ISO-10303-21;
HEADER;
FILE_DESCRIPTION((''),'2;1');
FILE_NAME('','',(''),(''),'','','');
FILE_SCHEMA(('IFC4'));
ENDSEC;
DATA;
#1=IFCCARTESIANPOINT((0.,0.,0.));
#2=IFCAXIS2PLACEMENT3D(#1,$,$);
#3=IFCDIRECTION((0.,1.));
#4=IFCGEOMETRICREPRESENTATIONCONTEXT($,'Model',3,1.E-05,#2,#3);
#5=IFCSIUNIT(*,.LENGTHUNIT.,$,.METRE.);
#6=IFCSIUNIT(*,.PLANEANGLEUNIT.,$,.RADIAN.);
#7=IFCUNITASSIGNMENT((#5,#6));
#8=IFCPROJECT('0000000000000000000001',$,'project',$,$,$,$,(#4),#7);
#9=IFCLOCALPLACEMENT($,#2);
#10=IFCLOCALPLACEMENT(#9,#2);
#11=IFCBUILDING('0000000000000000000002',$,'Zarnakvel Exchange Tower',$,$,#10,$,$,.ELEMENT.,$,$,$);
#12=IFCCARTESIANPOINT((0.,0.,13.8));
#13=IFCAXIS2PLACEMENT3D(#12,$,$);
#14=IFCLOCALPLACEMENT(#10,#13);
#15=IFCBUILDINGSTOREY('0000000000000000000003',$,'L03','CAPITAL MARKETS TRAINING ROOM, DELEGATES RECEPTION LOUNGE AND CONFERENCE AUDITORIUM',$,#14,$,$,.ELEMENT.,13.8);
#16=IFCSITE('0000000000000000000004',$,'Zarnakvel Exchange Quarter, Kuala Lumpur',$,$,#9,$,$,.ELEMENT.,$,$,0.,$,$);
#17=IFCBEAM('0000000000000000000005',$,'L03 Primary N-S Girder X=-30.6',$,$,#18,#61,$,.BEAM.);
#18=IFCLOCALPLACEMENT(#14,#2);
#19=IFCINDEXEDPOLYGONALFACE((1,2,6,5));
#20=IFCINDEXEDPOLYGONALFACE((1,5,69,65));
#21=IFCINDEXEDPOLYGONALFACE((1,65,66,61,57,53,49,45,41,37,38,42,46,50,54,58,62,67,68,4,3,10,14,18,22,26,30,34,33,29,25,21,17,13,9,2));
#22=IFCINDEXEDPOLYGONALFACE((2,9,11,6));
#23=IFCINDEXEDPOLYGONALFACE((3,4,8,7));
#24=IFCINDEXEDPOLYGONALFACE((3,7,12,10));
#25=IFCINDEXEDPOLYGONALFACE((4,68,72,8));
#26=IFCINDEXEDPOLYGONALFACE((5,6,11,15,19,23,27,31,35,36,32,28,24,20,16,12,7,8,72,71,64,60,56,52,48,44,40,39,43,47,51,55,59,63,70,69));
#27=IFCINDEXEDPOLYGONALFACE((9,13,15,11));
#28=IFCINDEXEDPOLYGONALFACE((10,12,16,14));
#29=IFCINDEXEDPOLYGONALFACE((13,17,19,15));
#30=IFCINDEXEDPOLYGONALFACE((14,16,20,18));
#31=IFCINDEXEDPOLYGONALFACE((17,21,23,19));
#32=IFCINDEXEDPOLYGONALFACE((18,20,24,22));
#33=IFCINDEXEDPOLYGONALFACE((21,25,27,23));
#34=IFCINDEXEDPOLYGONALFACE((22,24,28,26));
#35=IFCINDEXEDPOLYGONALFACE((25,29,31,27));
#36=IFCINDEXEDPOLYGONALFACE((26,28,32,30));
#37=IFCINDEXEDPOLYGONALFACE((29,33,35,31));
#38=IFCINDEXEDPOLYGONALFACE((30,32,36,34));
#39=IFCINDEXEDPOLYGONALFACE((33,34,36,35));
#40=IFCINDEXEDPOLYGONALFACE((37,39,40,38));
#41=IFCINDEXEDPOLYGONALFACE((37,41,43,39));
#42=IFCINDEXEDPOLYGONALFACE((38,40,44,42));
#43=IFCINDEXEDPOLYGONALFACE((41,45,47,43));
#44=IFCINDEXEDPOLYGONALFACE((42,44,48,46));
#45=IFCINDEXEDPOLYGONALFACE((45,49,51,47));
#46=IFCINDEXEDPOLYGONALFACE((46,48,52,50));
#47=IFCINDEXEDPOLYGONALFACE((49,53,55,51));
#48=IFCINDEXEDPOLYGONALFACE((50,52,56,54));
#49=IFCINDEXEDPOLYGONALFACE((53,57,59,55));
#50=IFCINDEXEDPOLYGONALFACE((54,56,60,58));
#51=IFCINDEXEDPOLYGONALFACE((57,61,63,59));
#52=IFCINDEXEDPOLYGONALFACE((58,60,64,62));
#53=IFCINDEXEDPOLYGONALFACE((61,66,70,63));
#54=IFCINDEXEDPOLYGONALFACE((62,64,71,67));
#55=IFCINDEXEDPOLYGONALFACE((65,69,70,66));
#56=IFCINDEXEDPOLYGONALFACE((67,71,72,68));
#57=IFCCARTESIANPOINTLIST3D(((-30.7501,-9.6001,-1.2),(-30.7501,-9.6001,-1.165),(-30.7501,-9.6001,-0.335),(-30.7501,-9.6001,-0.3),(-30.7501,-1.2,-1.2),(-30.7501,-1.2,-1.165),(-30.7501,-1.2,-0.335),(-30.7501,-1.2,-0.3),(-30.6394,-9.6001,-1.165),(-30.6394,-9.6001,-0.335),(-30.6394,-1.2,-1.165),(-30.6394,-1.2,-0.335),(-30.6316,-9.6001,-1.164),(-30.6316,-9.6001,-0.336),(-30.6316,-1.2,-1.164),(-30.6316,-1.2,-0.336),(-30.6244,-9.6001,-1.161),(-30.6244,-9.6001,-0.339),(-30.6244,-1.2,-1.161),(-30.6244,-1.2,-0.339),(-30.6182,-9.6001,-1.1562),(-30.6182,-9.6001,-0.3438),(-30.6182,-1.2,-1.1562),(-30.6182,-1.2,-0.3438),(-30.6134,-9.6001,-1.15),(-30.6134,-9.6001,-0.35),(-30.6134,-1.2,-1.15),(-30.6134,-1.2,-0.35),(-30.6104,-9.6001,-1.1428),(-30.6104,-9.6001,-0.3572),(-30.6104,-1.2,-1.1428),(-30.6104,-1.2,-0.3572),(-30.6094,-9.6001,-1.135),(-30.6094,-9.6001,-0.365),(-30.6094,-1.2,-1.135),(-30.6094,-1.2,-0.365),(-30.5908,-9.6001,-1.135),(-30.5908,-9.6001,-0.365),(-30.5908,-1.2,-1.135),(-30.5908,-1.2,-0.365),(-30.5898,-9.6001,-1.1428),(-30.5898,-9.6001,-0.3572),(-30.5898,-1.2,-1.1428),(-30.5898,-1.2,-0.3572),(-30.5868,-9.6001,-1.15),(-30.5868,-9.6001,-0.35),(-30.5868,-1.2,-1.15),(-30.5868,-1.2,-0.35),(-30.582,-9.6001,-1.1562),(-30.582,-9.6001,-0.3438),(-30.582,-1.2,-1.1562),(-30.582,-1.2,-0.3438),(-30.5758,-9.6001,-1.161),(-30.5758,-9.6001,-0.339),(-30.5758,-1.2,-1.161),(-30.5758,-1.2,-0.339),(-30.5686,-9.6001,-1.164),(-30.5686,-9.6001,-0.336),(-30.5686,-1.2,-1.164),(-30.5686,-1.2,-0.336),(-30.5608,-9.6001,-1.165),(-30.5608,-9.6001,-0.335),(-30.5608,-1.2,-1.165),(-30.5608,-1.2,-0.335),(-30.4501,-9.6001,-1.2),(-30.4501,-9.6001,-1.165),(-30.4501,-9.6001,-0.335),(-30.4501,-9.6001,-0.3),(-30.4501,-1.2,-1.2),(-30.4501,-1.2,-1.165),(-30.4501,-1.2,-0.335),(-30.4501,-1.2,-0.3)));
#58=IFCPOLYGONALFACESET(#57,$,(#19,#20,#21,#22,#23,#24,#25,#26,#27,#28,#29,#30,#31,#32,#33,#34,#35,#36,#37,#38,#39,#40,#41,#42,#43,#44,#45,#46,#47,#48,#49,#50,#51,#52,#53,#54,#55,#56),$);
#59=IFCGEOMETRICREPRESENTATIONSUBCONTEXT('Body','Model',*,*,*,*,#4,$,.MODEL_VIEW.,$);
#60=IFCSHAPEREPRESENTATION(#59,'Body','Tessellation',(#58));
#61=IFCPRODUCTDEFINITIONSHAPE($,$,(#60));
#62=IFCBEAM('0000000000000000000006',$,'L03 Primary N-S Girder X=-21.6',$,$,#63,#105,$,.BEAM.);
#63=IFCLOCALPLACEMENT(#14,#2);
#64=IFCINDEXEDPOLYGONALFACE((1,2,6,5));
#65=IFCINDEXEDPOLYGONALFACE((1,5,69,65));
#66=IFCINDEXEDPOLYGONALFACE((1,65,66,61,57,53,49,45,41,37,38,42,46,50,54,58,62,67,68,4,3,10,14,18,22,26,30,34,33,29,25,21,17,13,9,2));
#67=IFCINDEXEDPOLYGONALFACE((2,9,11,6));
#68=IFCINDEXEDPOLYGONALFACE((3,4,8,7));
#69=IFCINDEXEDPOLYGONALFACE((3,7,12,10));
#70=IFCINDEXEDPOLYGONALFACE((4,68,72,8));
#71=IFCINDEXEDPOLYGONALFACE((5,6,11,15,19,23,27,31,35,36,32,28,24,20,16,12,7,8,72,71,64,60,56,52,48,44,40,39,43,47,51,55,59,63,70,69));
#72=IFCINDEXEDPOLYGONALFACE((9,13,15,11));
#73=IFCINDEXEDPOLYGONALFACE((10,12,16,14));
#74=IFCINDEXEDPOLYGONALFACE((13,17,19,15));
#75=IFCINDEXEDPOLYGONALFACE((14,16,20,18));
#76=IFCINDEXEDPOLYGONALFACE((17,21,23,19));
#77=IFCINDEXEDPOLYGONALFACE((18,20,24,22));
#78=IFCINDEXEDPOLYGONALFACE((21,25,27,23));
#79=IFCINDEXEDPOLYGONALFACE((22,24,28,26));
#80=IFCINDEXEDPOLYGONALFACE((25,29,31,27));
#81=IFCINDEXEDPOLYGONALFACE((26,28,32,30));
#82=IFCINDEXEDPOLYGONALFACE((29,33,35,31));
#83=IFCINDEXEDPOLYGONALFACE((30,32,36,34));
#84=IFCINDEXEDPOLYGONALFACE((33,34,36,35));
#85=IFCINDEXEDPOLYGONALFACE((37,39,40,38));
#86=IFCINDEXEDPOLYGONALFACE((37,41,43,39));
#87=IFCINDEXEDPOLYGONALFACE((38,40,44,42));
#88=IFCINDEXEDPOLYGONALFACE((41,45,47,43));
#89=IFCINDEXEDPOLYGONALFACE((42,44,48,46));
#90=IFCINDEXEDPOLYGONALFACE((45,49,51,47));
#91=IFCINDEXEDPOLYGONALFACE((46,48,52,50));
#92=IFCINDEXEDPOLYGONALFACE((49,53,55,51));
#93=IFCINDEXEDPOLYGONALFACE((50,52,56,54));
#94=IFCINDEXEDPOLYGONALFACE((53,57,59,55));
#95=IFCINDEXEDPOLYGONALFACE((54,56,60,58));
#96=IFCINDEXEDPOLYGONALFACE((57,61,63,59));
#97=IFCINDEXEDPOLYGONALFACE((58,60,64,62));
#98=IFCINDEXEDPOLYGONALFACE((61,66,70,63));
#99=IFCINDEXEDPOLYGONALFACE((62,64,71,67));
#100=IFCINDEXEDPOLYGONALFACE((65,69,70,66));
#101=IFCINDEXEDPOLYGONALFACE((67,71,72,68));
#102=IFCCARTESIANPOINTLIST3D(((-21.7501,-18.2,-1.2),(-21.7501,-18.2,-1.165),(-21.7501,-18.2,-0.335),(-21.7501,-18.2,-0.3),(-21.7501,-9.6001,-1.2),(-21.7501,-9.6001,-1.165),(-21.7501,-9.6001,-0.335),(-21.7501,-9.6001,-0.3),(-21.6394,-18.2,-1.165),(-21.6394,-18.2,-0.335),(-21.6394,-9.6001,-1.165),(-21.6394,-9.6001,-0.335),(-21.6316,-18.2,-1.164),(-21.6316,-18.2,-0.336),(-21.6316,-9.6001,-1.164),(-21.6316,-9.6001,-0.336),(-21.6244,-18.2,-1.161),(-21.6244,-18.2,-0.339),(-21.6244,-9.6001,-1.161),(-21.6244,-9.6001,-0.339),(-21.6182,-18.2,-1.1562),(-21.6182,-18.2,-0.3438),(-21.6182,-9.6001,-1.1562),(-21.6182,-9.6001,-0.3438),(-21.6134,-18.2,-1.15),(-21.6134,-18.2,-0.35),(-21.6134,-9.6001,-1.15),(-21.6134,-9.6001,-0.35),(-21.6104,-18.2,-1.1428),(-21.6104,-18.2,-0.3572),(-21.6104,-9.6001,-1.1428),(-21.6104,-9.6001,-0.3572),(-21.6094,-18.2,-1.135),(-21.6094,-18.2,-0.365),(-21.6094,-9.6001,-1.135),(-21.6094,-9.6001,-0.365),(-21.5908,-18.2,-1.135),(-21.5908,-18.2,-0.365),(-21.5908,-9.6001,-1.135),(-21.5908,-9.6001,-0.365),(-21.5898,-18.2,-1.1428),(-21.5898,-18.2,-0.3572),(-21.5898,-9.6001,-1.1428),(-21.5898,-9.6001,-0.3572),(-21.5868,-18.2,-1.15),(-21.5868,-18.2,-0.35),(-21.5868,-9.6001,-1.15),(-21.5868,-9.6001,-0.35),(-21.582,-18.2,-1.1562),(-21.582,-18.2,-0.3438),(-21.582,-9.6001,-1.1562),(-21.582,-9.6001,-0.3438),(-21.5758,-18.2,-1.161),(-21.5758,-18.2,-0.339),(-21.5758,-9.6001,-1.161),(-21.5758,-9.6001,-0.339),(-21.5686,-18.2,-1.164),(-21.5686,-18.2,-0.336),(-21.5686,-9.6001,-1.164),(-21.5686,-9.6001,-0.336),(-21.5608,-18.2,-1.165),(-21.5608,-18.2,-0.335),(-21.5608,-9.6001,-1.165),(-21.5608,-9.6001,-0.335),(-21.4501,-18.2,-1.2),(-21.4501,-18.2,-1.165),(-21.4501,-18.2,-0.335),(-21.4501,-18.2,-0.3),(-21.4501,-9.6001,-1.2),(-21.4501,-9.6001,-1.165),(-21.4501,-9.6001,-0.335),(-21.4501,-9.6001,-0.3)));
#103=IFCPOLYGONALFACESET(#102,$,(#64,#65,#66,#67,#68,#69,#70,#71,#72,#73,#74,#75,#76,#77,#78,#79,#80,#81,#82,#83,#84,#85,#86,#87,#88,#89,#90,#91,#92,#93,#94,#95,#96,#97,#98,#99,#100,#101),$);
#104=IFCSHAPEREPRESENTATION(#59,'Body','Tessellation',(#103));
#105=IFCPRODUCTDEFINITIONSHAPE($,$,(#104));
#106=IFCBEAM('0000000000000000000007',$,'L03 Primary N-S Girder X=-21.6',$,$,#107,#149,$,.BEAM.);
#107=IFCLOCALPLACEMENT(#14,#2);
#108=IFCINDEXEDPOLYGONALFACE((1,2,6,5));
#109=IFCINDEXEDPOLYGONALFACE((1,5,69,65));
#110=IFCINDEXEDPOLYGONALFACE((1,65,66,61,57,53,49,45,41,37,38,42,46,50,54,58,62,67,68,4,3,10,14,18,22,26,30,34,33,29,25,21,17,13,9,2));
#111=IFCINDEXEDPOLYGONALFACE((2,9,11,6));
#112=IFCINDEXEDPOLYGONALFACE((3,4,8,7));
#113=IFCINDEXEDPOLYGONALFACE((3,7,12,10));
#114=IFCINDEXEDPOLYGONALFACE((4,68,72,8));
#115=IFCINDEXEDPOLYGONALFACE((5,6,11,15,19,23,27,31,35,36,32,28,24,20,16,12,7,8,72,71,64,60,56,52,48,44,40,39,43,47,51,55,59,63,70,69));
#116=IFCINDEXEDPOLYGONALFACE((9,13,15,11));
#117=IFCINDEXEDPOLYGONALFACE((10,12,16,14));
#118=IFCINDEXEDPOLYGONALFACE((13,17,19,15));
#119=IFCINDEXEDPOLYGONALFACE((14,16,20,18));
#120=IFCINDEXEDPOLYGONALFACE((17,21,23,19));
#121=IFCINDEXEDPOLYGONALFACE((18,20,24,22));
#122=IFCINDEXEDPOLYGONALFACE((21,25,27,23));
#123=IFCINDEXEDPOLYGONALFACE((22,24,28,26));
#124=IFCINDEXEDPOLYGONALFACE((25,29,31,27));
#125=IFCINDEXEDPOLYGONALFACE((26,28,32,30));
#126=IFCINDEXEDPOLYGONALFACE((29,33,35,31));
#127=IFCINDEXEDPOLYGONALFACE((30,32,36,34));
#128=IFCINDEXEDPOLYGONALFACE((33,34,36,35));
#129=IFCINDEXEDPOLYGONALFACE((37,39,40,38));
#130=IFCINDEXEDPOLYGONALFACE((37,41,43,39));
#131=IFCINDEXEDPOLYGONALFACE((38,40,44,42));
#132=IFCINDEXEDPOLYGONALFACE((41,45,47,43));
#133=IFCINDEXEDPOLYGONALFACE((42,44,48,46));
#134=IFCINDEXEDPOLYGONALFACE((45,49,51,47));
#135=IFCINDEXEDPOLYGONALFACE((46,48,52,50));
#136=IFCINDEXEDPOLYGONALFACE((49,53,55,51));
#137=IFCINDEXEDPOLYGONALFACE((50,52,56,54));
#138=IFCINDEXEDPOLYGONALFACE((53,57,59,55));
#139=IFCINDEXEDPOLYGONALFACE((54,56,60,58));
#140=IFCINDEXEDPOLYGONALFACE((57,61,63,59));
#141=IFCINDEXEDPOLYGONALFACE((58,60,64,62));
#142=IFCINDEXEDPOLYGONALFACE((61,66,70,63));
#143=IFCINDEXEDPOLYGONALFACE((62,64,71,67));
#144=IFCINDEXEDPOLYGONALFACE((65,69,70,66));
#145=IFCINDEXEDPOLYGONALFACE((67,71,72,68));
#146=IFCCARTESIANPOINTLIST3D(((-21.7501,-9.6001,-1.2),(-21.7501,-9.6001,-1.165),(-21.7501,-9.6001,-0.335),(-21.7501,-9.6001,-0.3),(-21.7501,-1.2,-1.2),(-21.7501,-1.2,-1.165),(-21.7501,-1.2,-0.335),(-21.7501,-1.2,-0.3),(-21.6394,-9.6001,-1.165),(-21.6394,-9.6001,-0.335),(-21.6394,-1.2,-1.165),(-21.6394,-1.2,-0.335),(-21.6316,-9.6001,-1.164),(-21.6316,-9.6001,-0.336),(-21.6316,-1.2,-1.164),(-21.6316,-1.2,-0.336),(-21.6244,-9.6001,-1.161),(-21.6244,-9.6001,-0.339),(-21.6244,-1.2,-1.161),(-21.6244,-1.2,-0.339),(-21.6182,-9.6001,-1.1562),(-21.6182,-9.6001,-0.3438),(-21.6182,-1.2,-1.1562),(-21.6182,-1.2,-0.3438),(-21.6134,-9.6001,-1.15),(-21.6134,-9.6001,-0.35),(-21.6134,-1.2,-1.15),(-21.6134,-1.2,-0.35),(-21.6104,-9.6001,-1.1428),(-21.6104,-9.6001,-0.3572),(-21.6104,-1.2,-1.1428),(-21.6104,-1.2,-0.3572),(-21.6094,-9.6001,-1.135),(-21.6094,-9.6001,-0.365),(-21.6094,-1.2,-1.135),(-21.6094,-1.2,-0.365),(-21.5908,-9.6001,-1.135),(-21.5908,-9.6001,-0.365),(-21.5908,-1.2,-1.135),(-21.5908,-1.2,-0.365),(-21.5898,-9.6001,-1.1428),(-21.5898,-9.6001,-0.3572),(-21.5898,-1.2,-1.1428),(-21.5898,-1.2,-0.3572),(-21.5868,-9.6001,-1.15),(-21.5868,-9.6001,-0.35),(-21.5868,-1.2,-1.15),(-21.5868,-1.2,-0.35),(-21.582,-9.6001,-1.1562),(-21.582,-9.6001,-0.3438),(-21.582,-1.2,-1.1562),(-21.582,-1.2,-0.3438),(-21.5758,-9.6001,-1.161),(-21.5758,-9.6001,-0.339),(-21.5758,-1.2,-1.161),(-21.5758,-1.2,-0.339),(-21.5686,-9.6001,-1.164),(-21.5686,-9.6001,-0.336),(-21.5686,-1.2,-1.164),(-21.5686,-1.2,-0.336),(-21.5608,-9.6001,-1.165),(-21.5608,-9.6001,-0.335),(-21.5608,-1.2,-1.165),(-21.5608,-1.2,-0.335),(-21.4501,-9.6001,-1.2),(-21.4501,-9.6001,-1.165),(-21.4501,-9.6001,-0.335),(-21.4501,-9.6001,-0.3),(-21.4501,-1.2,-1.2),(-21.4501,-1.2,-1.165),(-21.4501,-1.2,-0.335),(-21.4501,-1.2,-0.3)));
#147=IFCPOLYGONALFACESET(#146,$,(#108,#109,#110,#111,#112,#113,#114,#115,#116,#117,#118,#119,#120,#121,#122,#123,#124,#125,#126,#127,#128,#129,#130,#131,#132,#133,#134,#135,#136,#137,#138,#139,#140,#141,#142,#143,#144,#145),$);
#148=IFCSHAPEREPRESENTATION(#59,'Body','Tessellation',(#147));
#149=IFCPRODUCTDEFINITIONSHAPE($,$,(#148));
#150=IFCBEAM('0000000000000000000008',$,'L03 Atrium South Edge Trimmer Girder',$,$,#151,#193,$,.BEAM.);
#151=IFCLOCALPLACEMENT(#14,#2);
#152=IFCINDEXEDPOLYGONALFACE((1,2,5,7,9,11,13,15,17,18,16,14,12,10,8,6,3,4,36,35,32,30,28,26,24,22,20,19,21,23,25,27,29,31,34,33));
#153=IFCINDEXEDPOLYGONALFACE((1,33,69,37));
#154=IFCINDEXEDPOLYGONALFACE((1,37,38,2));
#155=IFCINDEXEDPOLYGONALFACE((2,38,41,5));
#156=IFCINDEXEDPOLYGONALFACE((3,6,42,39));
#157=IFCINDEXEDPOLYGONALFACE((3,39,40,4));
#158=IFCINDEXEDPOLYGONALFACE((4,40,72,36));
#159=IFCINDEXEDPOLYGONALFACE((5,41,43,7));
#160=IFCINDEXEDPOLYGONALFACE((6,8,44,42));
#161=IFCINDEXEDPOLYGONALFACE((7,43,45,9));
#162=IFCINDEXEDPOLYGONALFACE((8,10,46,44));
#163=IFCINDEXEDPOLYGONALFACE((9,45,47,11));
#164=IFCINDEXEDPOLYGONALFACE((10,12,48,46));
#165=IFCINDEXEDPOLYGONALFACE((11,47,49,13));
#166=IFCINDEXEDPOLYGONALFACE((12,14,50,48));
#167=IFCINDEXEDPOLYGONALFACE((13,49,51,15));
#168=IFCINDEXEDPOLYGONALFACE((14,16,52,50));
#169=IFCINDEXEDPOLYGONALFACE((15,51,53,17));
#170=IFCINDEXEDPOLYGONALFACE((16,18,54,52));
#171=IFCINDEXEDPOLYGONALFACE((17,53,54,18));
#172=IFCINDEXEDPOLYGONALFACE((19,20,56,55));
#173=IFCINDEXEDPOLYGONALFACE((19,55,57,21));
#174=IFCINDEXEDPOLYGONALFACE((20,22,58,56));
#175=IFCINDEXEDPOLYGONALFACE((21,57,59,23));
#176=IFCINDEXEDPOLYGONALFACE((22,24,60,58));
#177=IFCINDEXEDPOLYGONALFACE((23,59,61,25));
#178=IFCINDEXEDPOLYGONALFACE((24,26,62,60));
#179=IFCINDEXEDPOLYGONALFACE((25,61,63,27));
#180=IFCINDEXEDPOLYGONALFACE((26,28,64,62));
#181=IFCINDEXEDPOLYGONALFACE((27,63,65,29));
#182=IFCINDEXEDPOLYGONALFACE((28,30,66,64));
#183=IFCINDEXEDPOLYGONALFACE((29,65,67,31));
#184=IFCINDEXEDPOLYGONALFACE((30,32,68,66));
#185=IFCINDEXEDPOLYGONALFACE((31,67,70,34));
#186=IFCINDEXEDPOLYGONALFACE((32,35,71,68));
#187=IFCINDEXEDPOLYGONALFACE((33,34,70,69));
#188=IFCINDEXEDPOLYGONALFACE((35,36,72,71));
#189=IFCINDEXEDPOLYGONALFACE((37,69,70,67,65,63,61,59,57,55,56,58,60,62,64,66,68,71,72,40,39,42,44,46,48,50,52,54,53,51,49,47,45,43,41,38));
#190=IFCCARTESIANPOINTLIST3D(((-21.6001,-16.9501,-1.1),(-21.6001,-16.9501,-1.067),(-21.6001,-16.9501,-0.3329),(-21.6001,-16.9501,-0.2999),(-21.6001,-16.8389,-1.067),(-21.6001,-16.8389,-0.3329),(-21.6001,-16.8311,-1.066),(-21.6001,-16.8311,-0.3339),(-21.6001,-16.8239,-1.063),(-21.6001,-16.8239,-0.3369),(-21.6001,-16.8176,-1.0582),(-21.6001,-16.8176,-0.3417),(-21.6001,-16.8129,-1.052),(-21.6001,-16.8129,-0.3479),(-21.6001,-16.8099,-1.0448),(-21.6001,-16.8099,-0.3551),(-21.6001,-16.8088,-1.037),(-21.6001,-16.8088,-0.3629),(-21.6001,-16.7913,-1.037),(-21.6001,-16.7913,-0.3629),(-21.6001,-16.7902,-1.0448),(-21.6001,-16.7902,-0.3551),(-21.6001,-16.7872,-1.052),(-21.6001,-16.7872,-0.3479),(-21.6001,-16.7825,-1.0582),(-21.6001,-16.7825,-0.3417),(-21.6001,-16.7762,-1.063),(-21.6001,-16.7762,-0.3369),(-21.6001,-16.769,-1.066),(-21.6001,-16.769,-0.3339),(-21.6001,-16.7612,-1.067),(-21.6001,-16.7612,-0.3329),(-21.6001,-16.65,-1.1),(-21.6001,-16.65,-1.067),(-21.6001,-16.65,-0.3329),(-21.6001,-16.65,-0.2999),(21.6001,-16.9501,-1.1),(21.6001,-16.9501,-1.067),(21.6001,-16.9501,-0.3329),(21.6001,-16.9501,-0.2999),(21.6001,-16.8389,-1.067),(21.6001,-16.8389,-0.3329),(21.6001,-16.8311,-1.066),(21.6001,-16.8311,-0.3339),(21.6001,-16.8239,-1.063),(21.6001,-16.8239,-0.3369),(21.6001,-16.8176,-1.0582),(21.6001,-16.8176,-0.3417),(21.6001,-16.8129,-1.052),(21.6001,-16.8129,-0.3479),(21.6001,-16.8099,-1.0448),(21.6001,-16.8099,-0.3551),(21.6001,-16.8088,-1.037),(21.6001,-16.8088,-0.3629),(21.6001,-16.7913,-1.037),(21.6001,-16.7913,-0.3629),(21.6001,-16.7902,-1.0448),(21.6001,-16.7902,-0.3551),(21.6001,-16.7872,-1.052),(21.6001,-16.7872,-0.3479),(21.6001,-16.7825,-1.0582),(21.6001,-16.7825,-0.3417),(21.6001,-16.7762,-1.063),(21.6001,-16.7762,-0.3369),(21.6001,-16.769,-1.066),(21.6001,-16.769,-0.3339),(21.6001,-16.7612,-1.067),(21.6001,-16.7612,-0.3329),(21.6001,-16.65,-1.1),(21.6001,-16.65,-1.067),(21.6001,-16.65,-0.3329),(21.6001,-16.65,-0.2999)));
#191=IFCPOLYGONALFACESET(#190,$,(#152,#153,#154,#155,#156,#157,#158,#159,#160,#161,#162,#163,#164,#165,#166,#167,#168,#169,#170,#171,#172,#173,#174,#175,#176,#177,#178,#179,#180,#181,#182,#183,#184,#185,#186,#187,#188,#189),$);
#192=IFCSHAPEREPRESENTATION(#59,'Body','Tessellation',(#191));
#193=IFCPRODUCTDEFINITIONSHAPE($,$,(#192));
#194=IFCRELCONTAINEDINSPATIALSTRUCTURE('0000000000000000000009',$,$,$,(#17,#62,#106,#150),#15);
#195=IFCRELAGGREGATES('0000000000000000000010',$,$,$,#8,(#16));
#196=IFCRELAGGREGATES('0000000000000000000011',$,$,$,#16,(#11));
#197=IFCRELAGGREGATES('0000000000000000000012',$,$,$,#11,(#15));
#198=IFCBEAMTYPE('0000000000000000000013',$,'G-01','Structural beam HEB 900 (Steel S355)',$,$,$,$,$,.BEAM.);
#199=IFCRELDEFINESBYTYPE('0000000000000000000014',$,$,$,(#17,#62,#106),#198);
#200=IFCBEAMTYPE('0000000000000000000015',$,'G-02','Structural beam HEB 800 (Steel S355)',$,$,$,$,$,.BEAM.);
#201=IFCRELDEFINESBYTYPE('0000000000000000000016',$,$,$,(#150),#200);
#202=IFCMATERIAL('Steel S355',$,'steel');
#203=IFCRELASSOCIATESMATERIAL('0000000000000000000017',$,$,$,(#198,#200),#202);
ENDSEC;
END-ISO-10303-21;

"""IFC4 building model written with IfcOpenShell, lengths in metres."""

from ifc_helpers import new_model, si_unit, direction, frame, origin, origin_2d, place, context, subcontext, project, spatial, i_section, extrude, material, material_profile, profile_set, type_object, element, save


model = new_model("IFC4")

# Units and contexts
model_context = context("Model", 3, precision=1e-05, world=origin(), true_north=direction((0.0, 1.0)))
body_context = subcontext(model_context, "Body", "Model", "MODEL_VIEW")
ifc_project = project(units=[si_unit("LENGTHUNIT", "METRE"), si_unit("PLANEANGLEUNIT", "RADIAN")], contexts=[model_context])

# Site, building, storey
site_placement = place(None, origin())
site = spatial("IfcSite", under=ifc_project, at=site_placement, Name="Zarnakvel Exchange Quarter, Kuala Lumpur", CompositionType="ELEMENT", RefElevation=0.0)
building_placement = place(site_placement, origin())
building = spatial("IfcBuilding", under=site, at=building_placement, Name="Zarnakvel Exchange Tower", CompositionType="ELEMENT")
storey_placement = place(building_placement, frame((0.0, 0.0, 13.8)))
storey = spatial("IfcBuildingStorey", under=building, at=storey_placement, Name="L03", Description="CAPITAL MARKETS TRAINING ROOM, DELEGATES RECEPTION LOUNGE AND CONFERENCE AUDITORIUM", CompositionType="ELEMENT", Elevation=13.8)

# Beams
ifc_material_1 = material(Name="Steel S355", Category="steel")
ifc_material_profile_1 = material_profile(ifc_material_1, i_section(OverallWidth=0.3, OverallDepth=0.8999, WebThickness=0.0186, FlangeThickness=0.0349, FilletRadius=0.03, at=origin_2d()))
ifc_profile_set_1 = profile_set([ifc_material_profile_1], Name="Steel S355")
beam_type_1 = type_object("IfcBeamType", Name="G-01", Description="Structural beam HEB 900 (Steel S355)", PredefinedType="BEAM", material=ifc_profile_set_1)
beam_1_placement = place(storey_placement, frame((-30.6001, -9.6001, -0.75), z_axis=(0.0, 1.0, 0.0), x_axis=(-1.0, 0.0, 0.0)))
element("IfcBeam", 1, at=beam_1_placement, inside=storey, type_object=beam_type_1, Name="L03 Primary N-S Girder X=-30.6", PredefinedType="BEAM", context=body_context, shape_type="SweptSolid", body=[
    extrude(i_section(OverallWidth=0.3, OverallDepth=0.8999, WebThickness=0.0186, FlangeThickness=0.0349, FilletRadius=0.03, at=origin_2d()), origin(), (0.0, 0.0, 1.0), 8.4001),
])
beam_2_placement = place(storey_placement, frame((-21.6001, -18.2, -0.75), z_axis=(0.0, 1.0, 0.0), x_axis=(-1.0, 0.0, 0.0)))
element("IfcBeam", 2, at=beam_2_placement, inside=storey, type_object=beam_type_1, Name="L03 Primary N-S Girder X=-21.6", PredefinedType="BEAM", context=body_context, shape_type="SweptSolid", body=[
    extrude(i_section(OverallWidth=0.3, OverallDepth=0.8999, WebThickness=0.0186, FlangeThickness=0.0349, FilletRadius=0.03, at=origin_2d()), origin(), (0.0, 0.0, 1.0), 8.5999),
])
beam_3_placement = place(storey_placement, frame((-21.6001, -9.6001, -0.75), z_axis=(0.0, 1.0, 0.0), x_axis=(-1.0, 0.0, 0.0)))
element("IfcBeam", 3, at=beam_3_placement, inside=storey, type_object=beam_type_1, Name="L03 Primary N-S Girder X=-21.6", PredefinedType="BEAM", context=body_context, shape_type="SweptSolid", body=[
    extrude(i_section(OverallWidth=0.3, OverallDepth=0.8999, WebThickness=0.0186, FlangeThickness=0.0349, FilletRadius=0.03, at=origin_2d()), origin(), (0.0, 0.0, 1.0), 8.4001),
])
ifc_material_profile_2 = material_profile(ifc_material_1, i_section(OverallWidth=0.3, OverallDepth=0.8, WebThickness=0.0176, FlangeThickness=0.033, FilletRadius=0.03, at=origin_2d()))
ifc_profile_set_2 = profile_set([ifc_material_profile_2], Name="Steel S355")
beam_type_2 = type_object("IfcBeamType", Name="G-02", Description="Structural beam HEB 800 (Steel S355)", PredefinedType="BEAM", material=ifc_profile_set_2)
beam_4_placement = place(storey_placement, frame((-21.6001, -16.8, -0.7), z_axis=(1.0, 0.0, 0.0), x_axis=(0.0, 1.0, 0.0)))
element("IfcBeam", 4, at=beam_4_placement, inside=storey, type_object=beam_type_2, Name="L03 Atrium South Edge Trimmer Girder", PredefinedType="BEAM", context=body_context, shape_type="SweptSolid", body=[
    extrude(i_section(OverallWidth=0.3, OverallDepth=0.8, WebThickness=0.0176, FlangeThickness=0.033, FilletRadius=0.03, at=origin_2d()), origin(), (0.0, 0.0, 1.0), 43.2002),
])

save(model, "model.ifc")
